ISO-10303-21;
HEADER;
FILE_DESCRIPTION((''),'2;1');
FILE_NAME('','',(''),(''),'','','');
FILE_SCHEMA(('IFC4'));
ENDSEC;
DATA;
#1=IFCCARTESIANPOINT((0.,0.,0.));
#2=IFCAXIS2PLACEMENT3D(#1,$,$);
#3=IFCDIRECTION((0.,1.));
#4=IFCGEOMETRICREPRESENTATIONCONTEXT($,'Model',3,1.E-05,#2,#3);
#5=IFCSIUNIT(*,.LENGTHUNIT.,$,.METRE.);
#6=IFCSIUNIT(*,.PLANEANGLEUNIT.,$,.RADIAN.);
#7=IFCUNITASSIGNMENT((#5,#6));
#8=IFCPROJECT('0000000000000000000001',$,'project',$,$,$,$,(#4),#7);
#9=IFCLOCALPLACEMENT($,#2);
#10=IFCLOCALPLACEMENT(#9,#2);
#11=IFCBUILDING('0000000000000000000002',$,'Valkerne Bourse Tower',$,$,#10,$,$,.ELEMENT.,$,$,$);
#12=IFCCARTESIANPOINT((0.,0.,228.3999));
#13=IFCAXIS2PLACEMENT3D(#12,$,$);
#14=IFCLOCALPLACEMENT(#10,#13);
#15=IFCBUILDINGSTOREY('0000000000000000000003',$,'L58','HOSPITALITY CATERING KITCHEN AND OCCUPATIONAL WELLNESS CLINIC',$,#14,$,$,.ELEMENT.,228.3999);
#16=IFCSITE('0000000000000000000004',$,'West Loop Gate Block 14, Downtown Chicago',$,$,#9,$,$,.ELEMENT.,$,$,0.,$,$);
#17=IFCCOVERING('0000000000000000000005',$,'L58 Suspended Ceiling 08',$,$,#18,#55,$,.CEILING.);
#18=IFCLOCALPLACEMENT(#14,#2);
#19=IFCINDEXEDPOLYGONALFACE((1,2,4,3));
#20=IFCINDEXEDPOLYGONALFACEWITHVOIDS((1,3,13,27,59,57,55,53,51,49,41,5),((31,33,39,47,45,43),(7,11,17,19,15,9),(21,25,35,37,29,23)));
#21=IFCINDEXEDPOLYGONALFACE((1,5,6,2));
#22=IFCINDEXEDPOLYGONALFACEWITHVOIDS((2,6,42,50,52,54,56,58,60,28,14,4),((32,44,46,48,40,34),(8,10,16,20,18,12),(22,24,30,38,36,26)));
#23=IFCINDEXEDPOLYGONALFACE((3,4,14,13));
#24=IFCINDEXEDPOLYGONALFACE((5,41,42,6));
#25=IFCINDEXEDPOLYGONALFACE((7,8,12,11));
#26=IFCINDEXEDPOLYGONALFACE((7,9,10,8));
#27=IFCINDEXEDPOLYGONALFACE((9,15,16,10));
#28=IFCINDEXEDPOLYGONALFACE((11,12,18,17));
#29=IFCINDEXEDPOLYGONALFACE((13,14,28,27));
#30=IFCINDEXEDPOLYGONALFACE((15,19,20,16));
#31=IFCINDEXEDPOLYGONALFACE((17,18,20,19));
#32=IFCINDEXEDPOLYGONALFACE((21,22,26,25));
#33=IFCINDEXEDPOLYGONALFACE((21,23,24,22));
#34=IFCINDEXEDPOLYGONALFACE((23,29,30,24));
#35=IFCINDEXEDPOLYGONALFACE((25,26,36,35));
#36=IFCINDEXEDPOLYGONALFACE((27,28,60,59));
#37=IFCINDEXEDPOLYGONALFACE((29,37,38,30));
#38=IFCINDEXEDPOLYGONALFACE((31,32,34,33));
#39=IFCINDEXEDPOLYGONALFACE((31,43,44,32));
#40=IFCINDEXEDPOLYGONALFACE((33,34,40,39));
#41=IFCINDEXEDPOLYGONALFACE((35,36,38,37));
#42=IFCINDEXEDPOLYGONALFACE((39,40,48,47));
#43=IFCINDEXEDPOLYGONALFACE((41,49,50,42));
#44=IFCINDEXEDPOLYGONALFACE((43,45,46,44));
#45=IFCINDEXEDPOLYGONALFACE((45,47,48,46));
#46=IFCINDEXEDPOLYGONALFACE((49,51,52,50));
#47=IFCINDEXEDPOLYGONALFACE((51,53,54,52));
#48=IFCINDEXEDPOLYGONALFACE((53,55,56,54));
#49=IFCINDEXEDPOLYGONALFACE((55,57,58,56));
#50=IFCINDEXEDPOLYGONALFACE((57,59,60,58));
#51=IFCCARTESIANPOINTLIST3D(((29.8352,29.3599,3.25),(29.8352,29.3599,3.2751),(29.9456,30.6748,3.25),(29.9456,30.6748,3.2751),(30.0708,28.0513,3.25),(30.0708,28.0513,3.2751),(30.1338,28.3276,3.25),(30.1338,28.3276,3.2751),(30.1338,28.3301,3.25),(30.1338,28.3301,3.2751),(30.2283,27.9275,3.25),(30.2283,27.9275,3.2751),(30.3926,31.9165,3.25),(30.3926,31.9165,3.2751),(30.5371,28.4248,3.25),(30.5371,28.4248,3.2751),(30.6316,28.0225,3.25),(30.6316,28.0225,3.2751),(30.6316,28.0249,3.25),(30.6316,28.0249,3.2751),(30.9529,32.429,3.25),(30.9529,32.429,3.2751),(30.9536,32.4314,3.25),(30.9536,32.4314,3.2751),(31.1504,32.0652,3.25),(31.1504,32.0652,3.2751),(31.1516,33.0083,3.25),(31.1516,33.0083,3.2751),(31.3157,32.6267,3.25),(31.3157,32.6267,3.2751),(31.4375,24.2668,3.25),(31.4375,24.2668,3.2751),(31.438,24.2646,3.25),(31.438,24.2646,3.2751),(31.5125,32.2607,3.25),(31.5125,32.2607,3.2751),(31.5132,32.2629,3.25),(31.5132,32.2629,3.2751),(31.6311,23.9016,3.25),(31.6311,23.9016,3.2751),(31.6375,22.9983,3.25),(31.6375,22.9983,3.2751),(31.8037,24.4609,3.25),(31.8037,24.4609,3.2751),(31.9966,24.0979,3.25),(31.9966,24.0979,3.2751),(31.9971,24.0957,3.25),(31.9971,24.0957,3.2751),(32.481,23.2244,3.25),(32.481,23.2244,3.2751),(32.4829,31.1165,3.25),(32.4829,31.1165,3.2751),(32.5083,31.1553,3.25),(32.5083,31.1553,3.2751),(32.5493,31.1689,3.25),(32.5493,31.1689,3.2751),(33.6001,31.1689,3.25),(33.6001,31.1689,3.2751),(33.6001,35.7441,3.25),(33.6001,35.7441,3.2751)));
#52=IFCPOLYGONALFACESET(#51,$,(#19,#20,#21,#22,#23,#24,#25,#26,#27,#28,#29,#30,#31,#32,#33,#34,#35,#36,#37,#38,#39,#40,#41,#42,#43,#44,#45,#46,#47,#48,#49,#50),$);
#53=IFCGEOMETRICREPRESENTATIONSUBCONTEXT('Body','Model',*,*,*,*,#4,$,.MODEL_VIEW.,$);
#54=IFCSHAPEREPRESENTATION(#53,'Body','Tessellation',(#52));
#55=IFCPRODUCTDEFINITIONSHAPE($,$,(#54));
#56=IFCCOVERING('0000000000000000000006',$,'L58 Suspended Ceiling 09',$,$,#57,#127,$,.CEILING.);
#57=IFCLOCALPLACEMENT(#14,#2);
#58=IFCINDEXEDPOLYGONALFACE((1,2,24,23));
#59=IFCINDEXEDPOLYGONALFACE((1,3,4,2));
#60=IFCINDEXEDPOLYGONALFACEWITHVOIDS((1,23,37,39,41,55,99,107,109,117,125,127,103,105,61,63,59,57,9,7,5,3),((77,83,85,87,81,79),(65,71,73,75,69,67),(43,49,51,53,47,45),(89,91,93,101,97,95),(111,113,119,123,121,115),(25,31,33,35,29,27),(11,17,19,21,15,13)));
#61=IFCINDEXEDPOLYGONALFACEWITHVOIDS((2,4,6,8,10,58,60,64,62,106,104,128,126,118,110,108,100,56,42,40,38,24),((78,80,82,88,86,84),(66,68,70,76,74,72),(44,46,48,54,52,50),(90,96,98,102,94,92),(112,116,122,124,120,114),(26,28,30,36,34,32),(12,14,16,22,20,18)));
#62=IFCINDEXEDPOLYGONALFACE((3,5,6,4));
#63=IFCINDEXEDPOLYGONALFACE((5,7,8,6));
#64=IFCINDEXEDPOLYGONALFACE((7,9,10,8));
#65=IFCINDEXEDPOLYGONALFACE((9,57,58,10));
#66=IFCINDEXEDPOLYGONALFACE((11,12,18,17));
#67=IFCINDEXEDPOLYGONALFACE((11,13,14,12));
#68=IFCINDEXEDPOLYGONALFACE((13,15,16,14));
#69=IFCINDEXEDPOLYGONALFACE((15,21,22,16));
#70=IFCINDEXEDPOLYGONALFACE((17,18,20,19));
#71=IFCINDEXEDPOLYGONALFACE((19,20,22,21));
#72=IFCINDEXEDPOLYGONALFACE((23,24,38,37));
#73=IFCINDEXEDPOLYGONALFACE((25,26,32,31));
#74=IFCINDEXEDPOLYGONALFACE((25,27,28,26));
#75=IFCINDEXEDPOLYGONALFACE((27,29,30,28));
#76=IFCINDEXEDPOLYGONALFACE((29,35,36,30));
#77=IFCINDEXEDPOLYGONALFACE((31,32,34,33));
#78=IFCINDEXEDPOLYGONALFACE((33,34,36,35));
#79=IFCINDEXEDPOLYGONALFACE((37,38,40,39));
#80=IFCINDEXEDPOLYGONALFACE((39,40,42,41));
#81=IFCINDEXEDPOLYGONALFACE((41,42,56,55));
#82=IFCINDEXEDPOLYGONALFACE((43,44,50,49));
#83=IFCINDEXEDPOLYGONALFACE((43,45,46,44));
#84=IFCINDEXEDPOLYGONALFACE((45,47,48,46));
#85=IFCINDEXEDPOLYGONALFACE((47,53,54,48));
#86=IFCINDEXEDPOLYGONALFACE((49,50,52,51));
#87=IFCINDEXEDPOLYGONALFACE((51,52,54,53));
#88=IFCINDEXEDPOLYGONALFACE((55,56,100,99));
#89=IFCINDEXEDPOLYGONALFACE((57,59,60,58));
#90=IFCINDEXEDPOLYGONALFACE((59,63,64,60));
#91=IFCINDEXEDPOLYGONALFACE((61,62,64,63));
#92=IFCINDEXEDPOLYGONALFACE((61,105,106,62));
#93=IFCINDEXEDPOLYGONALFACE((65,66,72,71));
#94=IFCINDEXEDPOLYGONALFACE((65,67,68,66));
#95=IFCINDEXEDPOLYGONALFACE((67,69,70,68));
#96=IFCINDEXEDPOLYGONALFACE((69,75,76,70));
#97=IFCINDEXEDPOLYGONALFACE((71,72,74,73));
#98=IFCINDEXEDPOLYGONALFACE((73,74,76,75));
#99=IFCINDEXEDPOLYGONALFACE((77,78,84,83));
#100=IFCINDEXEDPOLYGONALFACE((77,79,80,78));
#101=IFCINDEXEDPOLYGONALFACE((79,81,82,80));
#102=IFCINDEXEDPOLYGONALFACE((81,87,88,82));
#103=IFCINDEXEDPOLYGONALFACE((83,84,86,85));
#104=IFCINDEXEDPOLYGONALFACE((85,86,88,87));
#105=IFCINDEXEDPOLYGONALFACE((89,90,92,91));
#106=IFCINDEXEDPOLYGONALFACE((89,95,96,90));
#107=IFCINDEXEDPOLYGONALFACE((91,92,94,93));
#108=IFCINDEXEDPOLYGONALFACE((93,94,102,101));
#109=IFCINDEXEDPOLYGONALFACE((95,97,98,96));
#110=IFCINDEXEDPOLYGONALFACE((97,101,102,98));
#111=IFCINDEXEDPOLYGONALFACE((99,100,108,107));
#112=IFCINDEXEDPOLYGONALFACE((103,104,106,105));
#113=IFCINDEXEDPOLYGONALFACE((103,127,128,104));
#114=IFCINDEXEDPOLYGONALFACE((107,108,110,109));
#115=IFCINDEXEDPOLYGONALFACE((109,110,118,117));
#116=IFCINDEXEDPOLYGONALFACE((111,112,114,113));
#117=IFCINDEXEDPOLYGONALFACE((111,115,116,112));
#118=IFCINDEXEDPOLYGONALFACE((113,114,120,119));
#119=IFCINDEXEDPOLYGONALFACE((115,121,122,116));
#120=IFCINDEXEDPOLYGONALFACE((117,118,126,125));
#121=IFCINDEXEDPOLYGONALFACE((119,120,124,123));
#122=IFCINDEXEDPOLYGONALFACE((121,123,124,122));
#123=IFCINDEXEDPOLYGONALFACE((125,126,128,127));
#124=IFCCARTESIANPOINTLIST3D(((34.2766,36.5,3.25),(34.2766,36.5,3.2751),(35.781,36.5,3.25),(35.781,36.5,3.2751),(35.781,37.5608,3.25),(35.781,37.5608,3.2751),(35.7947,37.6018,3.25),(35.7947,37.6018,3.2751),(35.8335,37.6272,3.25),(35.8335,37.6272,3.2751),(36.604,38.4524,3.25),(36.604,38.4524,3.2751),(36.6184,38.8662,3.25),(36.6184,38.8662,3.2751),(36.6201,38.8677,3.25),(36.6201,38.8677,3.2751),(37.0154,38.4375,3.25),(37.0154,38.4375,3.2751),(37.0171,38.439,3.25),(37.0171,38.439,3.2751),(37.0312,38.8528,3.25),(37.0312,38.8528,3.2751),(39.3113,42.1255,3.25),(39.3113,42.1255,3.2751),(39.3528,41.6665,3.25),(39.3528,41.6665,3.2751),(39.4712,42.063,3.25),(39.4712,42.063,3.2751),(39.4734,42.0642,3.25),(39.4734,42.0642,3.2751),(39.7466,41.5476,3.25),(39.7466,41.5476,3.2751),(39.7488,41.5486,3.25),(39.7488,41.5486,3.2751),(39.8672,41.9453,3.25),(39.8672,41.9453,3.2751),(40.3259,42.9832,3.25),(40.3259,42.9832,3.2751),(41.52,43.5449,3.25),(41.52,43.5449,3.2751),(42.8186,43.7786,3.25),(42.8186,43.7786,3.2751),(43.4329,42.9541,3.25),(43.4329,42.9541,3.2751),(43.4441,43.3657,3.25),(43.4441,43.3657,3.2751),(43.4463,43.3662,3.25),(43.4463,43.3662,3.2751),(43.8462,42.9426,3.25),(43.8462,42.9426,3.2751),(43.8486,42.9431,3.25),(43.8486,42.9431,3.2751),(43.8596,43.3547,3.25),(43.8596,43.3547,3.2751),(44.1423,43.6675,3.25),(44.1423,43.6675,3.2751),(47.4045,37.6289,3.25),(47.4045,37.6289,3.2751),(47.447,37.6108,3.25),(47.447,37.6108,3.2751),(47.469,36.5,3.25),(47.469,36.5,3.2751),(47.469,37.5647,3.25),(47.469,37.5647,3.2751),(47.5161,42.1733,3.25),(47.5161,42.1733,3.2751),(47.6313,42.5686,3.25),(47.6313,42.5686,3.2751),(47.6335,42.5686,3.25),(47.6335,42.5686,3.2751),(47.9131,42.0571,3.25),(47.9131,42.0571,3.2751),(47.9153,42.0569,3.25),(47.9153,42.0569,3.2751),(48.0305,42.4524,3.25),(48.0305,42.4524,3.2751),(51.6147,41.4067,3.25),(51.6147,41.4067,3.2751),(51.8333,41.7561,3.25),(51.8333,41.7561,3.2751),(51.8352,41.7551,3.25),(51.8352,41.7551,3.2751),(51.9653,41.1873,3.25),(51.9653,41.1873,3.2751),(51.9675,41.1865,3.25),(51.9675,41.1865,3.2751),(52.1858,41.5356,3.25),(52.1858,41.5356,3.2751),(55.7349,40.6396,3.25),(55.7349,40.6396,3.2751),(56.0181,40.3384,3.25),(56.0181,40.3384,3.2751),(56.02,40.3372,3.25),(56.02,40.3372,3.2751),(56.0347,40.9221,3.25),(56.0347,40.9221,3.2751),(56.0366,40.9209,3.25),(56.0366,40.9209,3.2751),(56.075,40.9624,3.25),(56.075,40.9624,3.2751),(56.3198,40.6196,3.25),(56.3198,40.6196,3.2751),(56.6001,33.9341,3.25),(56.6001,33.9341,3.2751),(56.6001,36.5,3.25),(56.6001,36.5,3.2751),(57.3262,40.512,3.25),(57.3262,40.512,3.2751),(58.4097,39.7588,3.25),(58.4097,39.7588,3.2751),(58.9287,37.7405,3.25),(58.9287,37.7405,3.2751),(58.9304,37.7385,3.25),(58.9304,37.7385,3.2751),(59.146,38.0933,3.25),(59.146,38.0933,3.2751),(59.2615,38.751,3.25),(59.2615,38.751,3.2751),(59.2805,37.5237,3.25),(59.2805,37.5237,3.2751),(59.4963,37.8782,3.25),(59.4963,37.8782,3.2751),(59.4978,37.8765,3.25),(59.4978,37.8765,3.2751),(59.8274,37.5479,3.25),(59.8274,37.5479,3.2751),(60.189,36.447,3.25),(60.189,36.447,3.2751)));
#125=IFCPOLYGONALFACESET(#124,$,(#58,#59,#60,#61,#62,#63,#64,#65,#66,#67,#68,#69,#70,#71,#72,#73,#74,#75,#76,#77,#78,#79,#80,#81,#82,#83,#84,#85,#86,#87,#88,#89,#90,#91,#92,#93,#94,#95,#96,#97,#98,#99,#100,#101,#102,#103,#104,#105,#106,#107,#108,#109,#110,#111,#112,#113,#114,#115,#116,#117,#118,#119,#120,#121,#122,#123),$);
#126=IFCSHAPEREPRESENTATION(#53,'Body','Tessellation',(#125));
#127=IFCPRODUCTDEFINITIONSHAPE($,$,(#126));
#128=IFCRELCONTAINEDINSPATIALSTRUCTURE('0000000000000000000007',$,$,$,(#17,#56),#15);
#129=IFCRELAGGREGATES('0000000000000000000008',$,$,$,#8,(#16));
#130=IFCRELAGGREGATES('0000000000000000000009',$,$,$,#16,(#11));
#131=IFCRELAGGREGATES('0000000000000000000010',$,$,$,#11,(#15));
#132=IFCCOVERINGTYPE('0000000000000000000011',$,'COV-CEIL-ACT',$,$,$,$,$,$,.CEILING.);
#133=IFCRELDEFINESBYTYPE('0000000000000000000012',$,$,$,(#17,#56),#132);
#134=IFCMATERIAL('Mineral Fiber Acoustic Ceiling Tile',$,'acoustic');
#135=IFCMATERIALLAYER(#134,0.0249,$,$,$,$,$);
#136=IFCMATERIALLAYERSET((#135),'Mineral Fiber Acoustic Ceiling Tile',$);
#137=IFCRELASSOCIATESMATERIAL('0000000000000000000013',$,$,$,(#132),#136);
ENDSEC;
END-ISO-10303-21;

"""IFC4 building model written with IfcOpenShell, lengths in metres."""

from ifc_helpers import new_model, si_unit, direction, frame, origin, place, context, subcontext, project, spatial, polyline, outline, extrude, material, layer, layer_set, type_object, element, save


model = new_model("IFC4")

# Units and contexts
model_context = context("Model", 3, precision=1e-05, world=origin(), true_north=direction((0.0, 1.0)))
body_context = subcontext(model_context, "Body", "Model", "MODEL_VIEW")
ifc_project = project(units=[si_unit("LENGTHUNIT", "METRE"), si_unit("PLANEANGLEUNIT", "RADIAN")], contexts=[model_context])

# Site, building, storey
site_placement = place(None, origin())
site = spatial("IfcSite", under=ifc_project, at=site_placement, Name="West Loop Gate Block 14, Downtown Chicago", CompositionType="ELEMENT", RefElevation=0.0)
building_placement = place(site_placement, origin())
building = spatial("IfcBuilding", under=site, at=building_placement, Name="Valkerne Bourse Tower", CompositionType="ELEMENT")
storey_placement = place(building_placement, frame((0.0, 0.0, 228.3999)))
storey = spatial("IfcBuildingStorey", under=building, at=storey_placement, Name="L58", Description="HOSPITALITY CATERING KITCHEN AND OCCUPATIONAL WELLNESS CLINIC", CompositionType="ELEMENT", Elevation=228.3999)

# Coverings
ifc_material_1 = material(Name="Mineral Fiber Acoustic Ceiling Tile", Category="acoustic")
ifc_layer_1 = layer(ifc_material_1, 0.0249)
ifc_layer_set_1 = layer_set([ifc_layer_1], Name="Mineral Fiber Acoustic Ceiling Tile")
covering_type_1 = type_object("IfcCoveringType", Name="COV-CEIL-ACT", PredefinedType="CEILING", material=ifc_layer_set_1)
covering_1_placement = place(storey_placement, frame((0.0, 0.0, 3.25)))
element("IfcCovering", 1, at=covering_1_placement, inside=storey, type_object=covering_type_1, Name="L58 Suspended Ceiling 08", PredefinedType="CEILING", context=body_context, shape_type="SweptSolid", body=[
    extrude(outline(polyline([(29.9456, 30.6748), (30.3926, 31.9165), (31.1516, 33.0083), (33.6001, 35.7441), (33.6001, 31.1689), (32.5493, 31.1689), (32.5083, 31.1553), (32.4829, 31.1165), (32.481, 23.2244), (31.6375, 22.9983), (30.0708, 28.0513), (29.8352, 29.3599), (29.9456, 30.6748)]), holes=[polyline([(31.9966, 24.0979), (31.8037, 24.4609), (31.4375, 24.2668), (31.438, 24.2646), (31.6311, 23.9016), (31.9971, 24.0957), (31.9966, 24.0979)]), polyline([(30.6316, 28.0249), (30.5371, 28.4248), (30.1338, 28.3301), (30.1338, 28.3276), (30.2283, 27.9275), (30.6316, 28.0225), (30.6316, 28.0249)]), polyline([(31.5132, 32.2629), (31.3157, 32.6267), (30.9536, 32.4314), (30.9529, 32.429), (31.1504, 32.0652), (31.5125, 32.2607), (31.5132, 32.2629)])]), origin(), (0.0, 0.0, 1.0), 0.0251),
])
covering_2_placement = place(storey_placement, frame((0.0, 0.0, 3.25)))
element("IfcCovering", 2, at=covering_2_placement, inside=storey, type_object=covering_type_1, Name="L58 Suspended Ceiling 09", PredefinedType="CEILING", context=body_context, shape_type="SweptSolid", body=[
    extrude(outline(polyline([(39.3113, 42.1255), (40.3259, 42.9832), (41.52, 43.5449), (42.8186, 43.7786), (44.1423, 43.6675), (56.075, 40.9624), (57.3262, 40.512), (58.4097, 39.7588), (59.2615, 38.751), (59.8274, 37.5479), (60.189, 36.447), (56.6001, 33.9341), (56.6001, 36.5), (47.469, 36.5), (47.469, 37.5647), (47.447, 37.6108), (47.4045, 37.6289), (35.8335, 37.6272), (35.7947, 37.6018), (35.781, 37.5608), (35.781, 36.5), (34.2766, 36.5), (39.3113, 42.1255)]), holes=[polyline([(37.0171, 38.439), (37.0312, 38.8528), (36.6201, 38.8677), (36.6184, 38.8662), (36.604, 38.4524), (37.0154, 38.4375), (37.0171, 38.439)]), polyline([(39.7488, 41.5486), (39.8672, 41.9453), (39.4734, 42.0642), (39.4712, 42.063), (39.3528, 41.6665), (39.7466, 41.5476), (39.7488, 41.5486)]), polyline([(43.8596, 43.3547), (43.4463, 43.3662), (43.4441, 43.3657), (43.4329, 42.9541), (43.8462, 42.9426), (43.8486, 42.9431), (43.8596, 43.3547)]), polyline([(59.4963, 37.8782), (59.146, 38.0933), (58.9287, 37.7405), (58.9304, 37.7385), (59.2805, 37.5237), (59.4978, 37.8765), (59.4963, 37.8782)]), polyline([(56.0366, 40.9209), (56.0347, 40.9221), (55.7349, 40.6396), (56.0181, 40.3384), (56.02, 40.3372), (56.3198, 40.6196), (56.0366, 40.9209)]), polyline([(51.8352, 41.7551), (51.8333, 41.7561), (51.6147, 41.4067), (51.9653, 41.1873), (51.9675, 41.1865), (52.1858, 41.5356), (51.8352, 41.7551)]), polyline([(48.0305, 42.4524), (47.6335, 42.5686), (47.6313, 42.5686), (47.5161, 42.1733), (47.9131, 42.0571), (47.9153, 42.0569), (48.0305, 42.4524)])]), origin(), (0.0, 0.0, 1.0), 0.0251),
])

save(model, "model.ifc")
